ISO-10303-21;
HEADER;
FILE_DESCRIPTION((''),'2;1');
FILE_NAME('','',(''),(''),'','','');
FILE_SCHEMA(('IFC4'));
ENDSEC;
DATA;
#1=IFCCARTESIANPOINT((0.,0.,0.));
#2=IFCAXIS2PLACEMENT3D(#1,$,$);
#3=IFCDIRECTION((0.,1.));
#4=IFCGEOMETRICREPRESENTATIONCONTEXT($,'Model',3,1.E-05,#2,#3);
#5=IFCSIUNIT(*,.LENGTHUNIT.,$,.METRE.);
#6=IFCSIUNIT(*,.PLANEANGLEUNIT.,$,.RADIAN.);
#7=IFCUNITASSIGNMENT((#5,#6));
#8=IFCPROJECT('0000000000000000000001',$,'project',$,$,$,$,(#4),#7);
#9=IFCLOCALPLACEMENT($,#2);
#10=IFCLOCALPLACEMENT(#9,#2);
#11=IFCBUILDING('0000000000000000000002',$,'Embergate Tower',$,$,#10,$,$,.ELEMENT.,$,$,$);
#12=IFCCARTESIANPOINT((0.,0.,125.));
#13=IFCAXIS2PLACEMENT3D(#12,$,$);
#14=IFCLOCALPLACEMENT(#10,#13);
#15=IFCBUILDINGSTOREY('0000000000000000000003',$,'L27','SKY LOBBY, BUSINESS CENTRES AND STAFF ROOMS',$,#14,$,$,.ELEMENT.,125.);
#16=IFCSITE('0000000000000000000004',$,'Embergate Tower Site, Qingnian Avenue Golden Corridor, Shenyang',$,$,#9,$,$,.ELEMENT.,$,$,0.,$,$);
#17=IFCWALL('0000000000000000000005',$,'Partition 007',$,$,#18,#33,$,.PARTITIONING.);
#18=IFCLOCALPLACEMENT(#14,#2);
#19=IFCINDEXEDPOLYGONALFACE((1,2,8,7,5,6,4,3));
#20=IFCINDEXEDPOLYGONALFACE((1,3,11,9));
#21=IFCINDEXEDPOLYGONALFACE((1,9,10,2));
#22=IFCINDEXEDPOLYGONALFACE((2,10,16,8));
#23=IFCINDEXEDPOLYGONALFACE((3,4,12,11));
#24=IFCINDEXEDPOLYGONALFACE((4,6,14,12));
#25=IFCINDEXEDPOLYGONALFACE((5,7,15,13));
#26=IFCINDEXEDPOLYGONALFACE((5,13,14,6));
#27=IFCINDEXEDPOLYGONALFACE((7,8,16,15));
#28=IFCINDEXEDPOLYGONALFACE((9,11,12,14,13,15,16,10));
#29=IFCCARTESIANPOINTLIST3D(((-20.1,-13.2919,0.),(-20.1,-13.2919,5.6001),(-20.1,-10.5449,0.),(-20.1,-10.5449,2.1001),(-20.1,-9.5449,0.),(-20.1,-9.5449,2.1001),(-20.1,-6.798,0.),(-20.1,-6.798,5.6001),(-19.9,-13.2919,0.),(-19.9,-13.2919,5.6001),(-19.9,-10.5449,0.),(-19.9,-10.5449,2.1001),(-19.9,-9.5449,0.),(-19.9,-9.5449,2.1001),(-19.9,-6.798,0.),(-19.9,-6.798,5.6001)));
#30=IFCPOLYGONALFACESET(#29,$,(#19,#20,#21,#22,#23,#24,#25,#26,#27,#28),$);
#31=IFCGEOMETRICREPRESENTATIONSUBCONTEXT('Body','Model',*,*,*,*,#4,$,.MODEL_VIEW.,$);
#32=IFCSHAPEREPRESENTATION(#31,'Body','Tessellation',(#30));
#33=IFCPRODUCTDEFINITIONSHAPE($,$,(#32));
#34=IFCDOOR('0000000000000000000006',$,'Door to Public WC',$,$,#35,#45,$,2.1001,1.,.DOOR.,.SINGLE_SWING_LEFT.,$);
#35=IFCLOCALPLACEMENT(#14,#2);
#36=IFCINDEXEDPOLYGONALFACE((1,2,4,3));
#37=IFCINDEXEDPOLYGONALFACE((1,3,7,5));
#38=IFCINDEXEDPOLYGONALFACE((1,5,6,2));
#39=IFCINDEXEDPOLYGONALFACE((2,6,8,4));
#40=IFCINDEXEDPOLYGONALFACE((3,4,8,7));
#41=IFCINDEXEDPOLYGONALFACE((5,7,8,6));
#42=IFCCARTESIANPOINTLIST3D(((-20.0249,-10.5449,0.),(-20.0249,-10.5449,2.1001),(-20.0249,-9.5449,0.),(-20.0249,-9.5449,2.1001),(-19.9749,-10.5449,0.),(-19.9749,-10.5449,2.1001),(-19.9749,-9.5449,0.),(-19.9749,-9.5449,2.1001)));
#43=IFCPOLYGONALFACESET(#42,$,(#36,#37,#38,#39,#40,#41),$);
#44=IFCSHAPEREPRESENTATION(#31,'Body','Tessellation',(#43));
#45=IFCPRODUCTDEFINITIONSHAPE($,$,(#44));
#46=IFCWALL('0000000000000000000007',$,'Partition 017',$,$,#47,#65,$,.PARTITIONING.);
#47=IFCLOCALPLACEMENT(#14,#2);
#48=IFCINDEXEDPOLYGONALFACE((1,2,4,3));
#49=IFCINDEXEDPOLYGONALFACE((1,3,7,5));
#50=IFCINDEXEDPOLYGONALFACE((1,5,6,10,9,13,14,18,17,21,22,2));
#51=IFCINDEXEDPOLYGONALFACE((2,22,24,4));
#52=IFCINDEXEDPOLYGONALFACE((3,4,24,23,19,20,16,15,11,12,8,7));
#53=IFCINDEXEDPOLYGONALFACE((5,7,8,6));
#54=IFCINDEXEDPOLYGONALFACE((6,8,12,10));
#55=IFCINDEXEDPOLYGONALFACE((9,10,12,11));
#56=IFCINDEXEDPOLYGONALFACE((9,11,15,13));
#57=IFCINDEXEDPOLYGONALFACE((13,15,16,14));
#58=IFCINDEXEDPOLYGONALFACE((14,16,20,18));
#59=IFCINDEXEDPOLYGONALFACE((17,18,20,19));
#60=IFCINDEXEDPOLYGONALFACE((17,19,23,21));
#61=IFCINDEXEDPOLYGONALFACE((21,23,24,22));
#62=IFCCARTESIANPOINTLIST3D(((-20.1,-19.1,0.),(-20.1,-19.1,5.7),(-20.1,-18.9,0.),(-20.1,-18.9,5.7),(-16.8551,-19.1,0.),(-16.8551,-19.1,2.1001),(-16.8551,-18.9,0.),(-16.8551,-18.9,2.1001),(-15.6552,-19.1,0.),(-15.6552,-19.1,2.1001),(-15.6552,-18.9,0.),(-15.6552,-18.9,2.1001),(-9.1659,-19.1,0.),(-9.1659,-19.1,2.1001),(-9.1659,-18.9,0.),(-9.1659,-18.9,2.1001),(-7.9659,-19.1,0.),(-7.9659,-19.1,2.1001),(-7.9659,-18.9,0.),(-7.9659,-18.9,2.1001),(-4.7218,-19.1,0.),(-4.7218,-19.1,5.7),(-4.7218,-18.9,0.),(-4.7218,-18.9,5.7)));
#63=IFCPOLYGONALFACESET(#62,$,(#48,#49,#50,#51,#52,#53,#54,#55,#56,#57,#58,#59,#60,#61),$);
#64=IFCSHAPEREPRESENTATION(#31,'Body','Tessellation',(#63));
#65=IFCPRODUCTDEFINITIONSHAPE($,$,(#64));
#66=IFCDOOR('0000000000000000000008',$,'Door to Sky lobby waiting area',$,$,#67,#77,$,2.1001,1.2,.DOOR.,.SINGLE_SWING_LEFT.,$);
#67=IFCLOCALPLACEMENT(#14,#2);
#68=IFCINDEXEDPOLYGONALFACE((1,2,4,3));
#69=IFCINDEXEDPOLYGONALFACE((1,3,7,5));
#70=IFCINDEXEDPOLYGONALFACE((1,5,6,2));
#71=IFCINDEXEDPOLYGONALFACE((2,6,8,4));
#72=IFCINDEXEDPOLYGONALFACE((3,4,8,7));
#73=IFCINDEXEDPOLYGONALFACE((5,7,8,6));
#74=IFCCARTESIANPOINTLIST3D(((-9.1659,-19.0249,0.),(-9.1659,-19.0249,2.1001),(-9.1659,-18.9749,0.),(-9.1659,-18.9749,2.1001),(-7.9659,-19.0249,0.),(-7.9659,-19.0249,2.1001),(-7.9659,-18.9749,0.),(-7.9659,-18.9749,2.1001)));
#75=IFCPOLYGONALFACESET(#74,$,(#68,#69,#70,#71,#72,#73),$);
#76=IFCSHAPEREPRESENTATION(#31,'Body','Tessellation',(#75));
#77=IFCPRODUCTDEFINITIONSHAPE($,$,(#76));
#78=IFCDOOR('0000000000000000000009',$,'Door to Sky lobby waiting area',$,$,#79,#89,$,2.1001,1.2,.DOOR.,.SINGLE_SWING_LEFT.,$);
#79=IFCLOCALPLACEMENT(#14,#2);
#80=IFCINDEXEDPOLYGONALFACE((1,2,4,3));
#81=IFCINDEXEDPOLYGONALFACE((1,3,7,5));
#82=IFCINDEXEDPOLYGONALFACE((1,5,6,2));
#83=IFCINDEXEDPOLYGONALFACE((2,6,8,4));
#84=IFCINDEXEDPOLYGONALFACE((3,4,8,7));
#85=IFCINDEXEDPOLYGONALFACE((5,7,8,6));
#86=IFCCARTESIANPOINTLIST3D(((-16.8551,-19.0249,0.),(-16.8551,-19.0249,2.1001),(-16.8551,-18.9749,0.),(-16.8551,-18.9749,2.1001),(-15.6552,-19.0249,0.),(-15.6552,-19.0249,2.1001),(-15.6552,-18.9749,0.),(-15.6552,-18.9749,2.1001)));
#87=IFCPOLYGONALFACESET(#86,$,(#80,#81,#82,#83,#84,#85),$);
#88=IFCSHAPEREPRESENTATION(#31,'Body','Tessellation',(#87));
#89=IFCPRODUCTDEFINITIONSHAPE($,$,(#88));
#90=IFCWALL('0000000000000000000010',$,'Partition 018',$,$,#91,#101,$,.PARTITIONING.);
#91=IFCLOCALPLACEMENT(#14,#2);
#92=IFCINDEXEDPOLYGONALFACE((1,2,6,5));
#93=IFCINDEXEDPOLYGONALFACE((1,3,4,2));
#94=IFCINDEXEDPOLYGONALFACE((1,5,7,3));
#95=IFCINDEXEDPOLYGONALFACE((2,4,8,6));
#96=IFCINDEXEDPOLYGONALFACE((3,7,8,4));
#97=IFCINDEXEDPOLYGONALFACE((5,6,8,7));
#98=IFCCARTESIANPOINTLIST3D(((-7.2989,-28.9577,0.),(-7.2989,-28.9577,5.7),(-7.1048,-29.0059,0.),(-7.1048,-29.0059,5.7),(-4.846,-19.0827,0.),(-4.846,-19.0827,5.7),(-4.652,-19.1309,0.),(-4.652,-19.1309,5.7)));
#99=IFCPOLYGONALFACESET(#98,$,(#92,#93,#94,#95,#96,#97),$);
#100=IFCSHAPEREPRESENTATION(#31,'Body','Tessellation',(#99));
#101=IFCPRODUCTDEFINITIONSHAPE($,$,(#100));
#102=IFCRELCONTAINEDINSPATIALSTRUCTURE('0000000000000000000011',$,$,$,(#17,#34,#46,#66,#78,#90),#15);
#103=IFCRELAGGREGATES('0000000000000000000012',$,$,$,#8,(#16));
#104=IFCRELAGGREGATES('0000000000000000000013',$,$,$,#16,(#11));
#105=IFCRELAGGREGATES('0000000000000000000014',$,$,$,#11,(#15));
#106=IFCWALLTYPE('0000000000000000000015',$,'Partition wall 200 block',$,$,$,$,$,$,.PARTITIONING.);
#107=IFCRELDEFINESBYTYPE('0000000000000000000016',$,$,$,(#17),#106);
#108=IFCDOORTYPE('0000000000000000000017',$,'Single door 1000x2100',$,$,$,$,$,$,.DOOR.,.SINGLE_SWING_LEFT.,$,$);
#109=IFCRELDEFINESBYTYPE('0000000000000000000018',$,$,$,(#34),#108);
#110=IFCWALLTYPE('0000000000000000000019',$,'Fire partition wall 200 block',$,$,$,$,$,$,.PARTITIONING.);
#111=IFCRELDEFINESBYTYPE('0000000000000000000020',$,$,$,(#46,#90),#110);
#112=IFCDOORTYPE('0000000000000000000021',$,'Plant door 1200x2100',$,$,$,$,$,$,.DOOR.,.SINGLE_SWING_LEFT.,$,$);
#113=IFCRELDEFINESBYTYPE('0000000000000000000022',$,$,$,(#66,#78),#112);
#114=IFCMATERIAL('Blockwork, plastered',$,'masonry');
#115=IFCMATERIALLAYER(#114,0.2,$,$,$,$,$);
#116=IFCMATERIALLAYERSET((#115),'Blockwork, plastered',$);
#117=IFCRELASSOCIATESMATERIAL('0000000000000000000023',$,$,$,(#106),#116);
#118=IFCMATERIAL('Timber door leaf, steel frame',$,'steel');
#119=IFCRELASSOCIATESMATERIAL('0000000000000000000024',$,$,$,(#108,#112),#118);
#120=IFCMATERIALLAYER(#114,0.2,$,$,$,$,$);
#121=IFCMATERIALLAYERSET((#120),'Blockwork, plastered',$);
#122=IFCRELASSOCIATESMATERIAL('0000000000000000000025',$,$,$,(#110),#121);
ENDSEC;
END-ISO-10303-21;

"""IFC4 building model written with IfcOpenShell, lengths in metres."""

from ifc_helpers import new_model, si_unit, direction, frame, frame_2d, origin, place, context, subcontext, project, spatial, rectangle, extrude, source, transform, mapped, material, layer, layer_set, type_object, element, fill, save


model = new_model("IFC4")

# Units and contexts
model_context = context("Model", 3, precision=1e-05, world=origin(), true_north=direction((0.0, 1.0)))
body_context = subcontext(model_context, "Body", "Model", "MODEL_VIEW")
ifc_project = project(units=[si_unit("LENGTHUNIT", "METRE"), si_unit("PLANEANGLEUNIT", "RADIAN")], contexts=[model_context])

# Site, building, storey
site_placement = place(None, origin())
site = spatial("IfcSite", under=ifc_project, at=site_placement, Name="Embergate Tower Site, Qingnian Avenue Golden Corridor, Shenyang", CompositionType="ELEMENT", RefElevation=0.0)
building_placement = place(site_placement, origin())
building = spatial("IfcBuilding", under=site, at=building_placement, Name="Embergate Tower", CompositionType="ELEMENT")
storey_placement = place(building_placement, frame((0.0, 0.0, 125.0)))
storey = spatial("IfcBuildingStorey", under=building, at=storey_placement, Name="L27", Description="SKY LOBBY, BUSINESS CENTRES AND STAFF ROOMS", CompositionType="ELEMENT", Elevation=125.0)

# Wall, opening, door
ifc_material_1 = material(Name="Blockwork, plastered", Category="masonry")
ifc_layer_1 = layer(ifc_material_1, 0.2)
ifc_layer_set_1 = layer_set([ifc_layer_1], Name="Blockwork, plastered")
wall_type_1 = type_object("IfcWallType", Name="Partition wall 200 block", PredefinedType="PARTITIONING", material=ifc_layer_set_1)
shared_shape_1 = source(origin(), body_context, "Body", "SweptSolid", [
    extrude(rectangle(XDim=1.0, YDim=2.1001, at=frame_2d((0.5, 1.05))), frame((0.0, 0.1099, 0.0), z_axis=(0.0, -1.0, 0.0), x_axis=(1.0, 0.0, 0.0)), (0.0, 0.0, 1.0), 0.22),
])
ifc_material_2 = material(Name="Timber door leaf, steel frame", Category="steel")
door_type_1 = type_object("IfcDoorType", Name="Single door 1000x2100", OperationType="SINGLE_SWING_LEFT", PredefinedType="DOOR", material=ifc_material_2)
shared_shape_2 = source(origin(), body_context, "Body", "SweptSolid", [
    extrude(rectangle(XDim=1.0, YDim=2.1001, at=frame_2d((0.5, 1.05))), frame((0.0, 0.0249, 0.0), z_axis=(0.0, -1.0, 0.0), x_axis=(1.0, 0.0, 0.0)), (0.0, 0.0, 1.0), 0.05),
])
shared_shape_3 = source(origin(), body_context, "Body", "SweptSolid", [
    extrude(rectangle(XDim=6.4939, YDim=0.2, at=frame_2d((3.2471, 0.0))), origin(), (0.0, 0.0, 1.0), 5.6001),
])
wall_1_placement = place(storey_placement, frame((-20.0, -13.292, 0.0), z_axis=(0.0, 0.0, 1.0), x_axis=(0.0, 1.0, 0.0)))
wall_1 = element("IfcWall", 1, at=wall_1_placement, inside=storey, type_object=wall_type_1, Name="Partition 007", PredefinedType="PARTITIONING", context=body_context, shape_type="MappedRepresentation", body=[
    mapped(shared_shape_3, transform((0.0, 0.0, 0.0))),
])
opening_1_placement = place(wall_1_placement, frame((2.7471, 0.0, 0.0)))
opening_1 = element("IfcOpeningElement", 2, at=opening_1_placement, cuts=wall_1, PredefinedType="OPENING", context=body_context, shape_type="MappedRepresentation", body=[
    mapped(shared_shape_1, transform((0.0, 0.0, 0.0))),
])
door_1_placement = place(opening_1_placement, origin())
door_1 = element("IfcDoor", 3, at=door_1_placement, inside=storey, type_object=door_type_1, Name="Door to Public WC", OperationType="SINGLE_SWING_LEFT", OverallHeight=2.1001, OverallWidth=1.0, PredefinedType="DOOR", context=body_context, shape_type="MappedRepresentation", body=[
    mapped(shared_shape_2, transform((0.0, 0.0, 0.0))),
])
fill(opening_1, door_1)

# Wall, openings, doors
ifc_layer_2 = layer(ifc_material_1, 0.2)
ifc_layer_set_2 = layer_set([ifc_layer_2], Name="Blockwork, plastered")
wall_type_2 = type_object("IfcWallType", Name="Fire partition wall 200 block", PredefinedType="PARTITIONING", material=ifc_layer_set_2)
shared_shape_4 = source(origin(), body_context, "Body", "SweptSolid", [
    extrude(rectangle(XDim=15.3782, YDim=0.2, at=frame_2d((7.689, 0.0))), origin(), (0.0, 0.0, 1.0), 5.7),
])
wall_2_placement = place(storey_placement, frame((-4.7219, -19.0, 0.0), z_axis=(0.0, 0.0, 1.0), x_axis=(-1.0, 0.0, 0.0)))
wall_2 = element("IfcWall", 4, at=wall_2_placement, inside=storey, type_object=wall_type_2, Name="Partition 017", PredefinedType="PARTITIONING", context=body_context, shape_type="MappedRepresentation", body=[
    mapped(shared_shape_4, transform((0.0, 0.0, 0.0))),
])
shared_shape_5 = source(origin(), body_context, "Body", "SweptSolid", [
    extrude(rectangle(XDim=1.2, YDim=2.1001, at=frame_2d((0.6001, 1.05))), frame((0.0, 0.1099, 0.0), z_axis=(0.0, -1.0, 0.0), x_axis=(1.0, 0.0, 0.0)), (0.0, 0.0, 1.0), 0.22),
])
opening_2_placement = place(wall_2_placement, frame((3.2439, 0.0, 0.0)))
opening_2 = element("IfcOpeningElement", 5, at=opening_2_placement, cuts=wall_2, PredefinedType="OPENING", context=body_context, shape_type="MappedRepresentation", body=[
    mapped(shared_shape_5, transform((0.0, 0.0, 0.0))),
])
opening_3_placement = place(wall_2_placement, frame((10.9331, 0.0, 0.0)))
opening_3 = element("IfcOpeningElement", 6, at=opening_3_placement, cuts=wall_2, PredefinedType="OPENING", context=body_context, shape_type="MappedRepresentation", body=[
    mapped(shared_shape_5, transform((0.0, 0.0, 0.0))),
])
door_type_2 = type_object("IfcDoorType", Name="Plant door 1200x2100", OperationType="SINGLE_SWING_LEFT", PredefinedType="DOOR", material=ifc_material_2)
shared_shape_6 = source(origin(), body_context, "Body", "SweptSolid", [
    extrude(rectangle(XDim=1.2, YDim=2.1001, at=frame_2d((0.6001, 1.05))), frame((0.0, 0.0249, 0.0), z_axis=(0.0, -1.0, 0.0), x_axis=(1.0, 0.0, 0.0)), (0.0, 0.0, 1.0), 0.05),
])
door_2_placement = place(opening_2_placement, origin())
door_2 = element("IfcDoor", 7, at=door_2_placement, inside=storey, type_object=door_type_2, Name="Door to Sky lobby waiting area", OperationType="SINGLE_SWING_LEFT", OverallHeight=2.1001, OverallWidth=1.2, PredefinedType="DOOR", context=body_context, shape_type="MappedRepresentation", body=[
    mapped(shared_shape_6, transform((0.0, 0.0, 0.0))),
])
fill(opening_2, door_2)
door_3_placement = place(opening_3_placement, origin())
door_3 = element("IfcDoor", 8, at=door_3_placement, inside=storey, type_object=door_type_2, Name="Door to Sky lobby waiting area", OperationType="SINGLE_SWING_LEFT", OverallHeight=2.1001, OverallWidth=1.2, PredefinedType="DOOR", context=body_context, shape_type="MappedRepresentation", body=[
    mapped(shared_shape_6, transform((0.0, 0.0, 0.0))),
])
fill(opening_3, door_3)

# Wall
shared_shape_7 = source(origin(), body_context, "Body", "SweptSolid", [
    extrude(rectangle(XDim=10.175, YDim=0.2, at=frame_2d((5.0874, 0.0))), origin(), (0.0, 0.0, 1.0), 5.7),
])
wall_3_placement = place(storey_placement, frame((-4.749, -19.1069, 0.0), z_axis=(0.0, 0.0, 1.0), x_axis=(-0.241067, -0.970508, 0.0)))
element("IfcWall", 9, at=wall_3_placement, inside=storey, type_object=wall_type_2, Name="Partition 018", PredefinedType="PARTITIONING", context=body_context, shape_type="MappedRepresentation", body=[
    mapped(shared_shape_7, transform((0.0, 0.0, 0.0))),
])

save(model, "model.ifc")
